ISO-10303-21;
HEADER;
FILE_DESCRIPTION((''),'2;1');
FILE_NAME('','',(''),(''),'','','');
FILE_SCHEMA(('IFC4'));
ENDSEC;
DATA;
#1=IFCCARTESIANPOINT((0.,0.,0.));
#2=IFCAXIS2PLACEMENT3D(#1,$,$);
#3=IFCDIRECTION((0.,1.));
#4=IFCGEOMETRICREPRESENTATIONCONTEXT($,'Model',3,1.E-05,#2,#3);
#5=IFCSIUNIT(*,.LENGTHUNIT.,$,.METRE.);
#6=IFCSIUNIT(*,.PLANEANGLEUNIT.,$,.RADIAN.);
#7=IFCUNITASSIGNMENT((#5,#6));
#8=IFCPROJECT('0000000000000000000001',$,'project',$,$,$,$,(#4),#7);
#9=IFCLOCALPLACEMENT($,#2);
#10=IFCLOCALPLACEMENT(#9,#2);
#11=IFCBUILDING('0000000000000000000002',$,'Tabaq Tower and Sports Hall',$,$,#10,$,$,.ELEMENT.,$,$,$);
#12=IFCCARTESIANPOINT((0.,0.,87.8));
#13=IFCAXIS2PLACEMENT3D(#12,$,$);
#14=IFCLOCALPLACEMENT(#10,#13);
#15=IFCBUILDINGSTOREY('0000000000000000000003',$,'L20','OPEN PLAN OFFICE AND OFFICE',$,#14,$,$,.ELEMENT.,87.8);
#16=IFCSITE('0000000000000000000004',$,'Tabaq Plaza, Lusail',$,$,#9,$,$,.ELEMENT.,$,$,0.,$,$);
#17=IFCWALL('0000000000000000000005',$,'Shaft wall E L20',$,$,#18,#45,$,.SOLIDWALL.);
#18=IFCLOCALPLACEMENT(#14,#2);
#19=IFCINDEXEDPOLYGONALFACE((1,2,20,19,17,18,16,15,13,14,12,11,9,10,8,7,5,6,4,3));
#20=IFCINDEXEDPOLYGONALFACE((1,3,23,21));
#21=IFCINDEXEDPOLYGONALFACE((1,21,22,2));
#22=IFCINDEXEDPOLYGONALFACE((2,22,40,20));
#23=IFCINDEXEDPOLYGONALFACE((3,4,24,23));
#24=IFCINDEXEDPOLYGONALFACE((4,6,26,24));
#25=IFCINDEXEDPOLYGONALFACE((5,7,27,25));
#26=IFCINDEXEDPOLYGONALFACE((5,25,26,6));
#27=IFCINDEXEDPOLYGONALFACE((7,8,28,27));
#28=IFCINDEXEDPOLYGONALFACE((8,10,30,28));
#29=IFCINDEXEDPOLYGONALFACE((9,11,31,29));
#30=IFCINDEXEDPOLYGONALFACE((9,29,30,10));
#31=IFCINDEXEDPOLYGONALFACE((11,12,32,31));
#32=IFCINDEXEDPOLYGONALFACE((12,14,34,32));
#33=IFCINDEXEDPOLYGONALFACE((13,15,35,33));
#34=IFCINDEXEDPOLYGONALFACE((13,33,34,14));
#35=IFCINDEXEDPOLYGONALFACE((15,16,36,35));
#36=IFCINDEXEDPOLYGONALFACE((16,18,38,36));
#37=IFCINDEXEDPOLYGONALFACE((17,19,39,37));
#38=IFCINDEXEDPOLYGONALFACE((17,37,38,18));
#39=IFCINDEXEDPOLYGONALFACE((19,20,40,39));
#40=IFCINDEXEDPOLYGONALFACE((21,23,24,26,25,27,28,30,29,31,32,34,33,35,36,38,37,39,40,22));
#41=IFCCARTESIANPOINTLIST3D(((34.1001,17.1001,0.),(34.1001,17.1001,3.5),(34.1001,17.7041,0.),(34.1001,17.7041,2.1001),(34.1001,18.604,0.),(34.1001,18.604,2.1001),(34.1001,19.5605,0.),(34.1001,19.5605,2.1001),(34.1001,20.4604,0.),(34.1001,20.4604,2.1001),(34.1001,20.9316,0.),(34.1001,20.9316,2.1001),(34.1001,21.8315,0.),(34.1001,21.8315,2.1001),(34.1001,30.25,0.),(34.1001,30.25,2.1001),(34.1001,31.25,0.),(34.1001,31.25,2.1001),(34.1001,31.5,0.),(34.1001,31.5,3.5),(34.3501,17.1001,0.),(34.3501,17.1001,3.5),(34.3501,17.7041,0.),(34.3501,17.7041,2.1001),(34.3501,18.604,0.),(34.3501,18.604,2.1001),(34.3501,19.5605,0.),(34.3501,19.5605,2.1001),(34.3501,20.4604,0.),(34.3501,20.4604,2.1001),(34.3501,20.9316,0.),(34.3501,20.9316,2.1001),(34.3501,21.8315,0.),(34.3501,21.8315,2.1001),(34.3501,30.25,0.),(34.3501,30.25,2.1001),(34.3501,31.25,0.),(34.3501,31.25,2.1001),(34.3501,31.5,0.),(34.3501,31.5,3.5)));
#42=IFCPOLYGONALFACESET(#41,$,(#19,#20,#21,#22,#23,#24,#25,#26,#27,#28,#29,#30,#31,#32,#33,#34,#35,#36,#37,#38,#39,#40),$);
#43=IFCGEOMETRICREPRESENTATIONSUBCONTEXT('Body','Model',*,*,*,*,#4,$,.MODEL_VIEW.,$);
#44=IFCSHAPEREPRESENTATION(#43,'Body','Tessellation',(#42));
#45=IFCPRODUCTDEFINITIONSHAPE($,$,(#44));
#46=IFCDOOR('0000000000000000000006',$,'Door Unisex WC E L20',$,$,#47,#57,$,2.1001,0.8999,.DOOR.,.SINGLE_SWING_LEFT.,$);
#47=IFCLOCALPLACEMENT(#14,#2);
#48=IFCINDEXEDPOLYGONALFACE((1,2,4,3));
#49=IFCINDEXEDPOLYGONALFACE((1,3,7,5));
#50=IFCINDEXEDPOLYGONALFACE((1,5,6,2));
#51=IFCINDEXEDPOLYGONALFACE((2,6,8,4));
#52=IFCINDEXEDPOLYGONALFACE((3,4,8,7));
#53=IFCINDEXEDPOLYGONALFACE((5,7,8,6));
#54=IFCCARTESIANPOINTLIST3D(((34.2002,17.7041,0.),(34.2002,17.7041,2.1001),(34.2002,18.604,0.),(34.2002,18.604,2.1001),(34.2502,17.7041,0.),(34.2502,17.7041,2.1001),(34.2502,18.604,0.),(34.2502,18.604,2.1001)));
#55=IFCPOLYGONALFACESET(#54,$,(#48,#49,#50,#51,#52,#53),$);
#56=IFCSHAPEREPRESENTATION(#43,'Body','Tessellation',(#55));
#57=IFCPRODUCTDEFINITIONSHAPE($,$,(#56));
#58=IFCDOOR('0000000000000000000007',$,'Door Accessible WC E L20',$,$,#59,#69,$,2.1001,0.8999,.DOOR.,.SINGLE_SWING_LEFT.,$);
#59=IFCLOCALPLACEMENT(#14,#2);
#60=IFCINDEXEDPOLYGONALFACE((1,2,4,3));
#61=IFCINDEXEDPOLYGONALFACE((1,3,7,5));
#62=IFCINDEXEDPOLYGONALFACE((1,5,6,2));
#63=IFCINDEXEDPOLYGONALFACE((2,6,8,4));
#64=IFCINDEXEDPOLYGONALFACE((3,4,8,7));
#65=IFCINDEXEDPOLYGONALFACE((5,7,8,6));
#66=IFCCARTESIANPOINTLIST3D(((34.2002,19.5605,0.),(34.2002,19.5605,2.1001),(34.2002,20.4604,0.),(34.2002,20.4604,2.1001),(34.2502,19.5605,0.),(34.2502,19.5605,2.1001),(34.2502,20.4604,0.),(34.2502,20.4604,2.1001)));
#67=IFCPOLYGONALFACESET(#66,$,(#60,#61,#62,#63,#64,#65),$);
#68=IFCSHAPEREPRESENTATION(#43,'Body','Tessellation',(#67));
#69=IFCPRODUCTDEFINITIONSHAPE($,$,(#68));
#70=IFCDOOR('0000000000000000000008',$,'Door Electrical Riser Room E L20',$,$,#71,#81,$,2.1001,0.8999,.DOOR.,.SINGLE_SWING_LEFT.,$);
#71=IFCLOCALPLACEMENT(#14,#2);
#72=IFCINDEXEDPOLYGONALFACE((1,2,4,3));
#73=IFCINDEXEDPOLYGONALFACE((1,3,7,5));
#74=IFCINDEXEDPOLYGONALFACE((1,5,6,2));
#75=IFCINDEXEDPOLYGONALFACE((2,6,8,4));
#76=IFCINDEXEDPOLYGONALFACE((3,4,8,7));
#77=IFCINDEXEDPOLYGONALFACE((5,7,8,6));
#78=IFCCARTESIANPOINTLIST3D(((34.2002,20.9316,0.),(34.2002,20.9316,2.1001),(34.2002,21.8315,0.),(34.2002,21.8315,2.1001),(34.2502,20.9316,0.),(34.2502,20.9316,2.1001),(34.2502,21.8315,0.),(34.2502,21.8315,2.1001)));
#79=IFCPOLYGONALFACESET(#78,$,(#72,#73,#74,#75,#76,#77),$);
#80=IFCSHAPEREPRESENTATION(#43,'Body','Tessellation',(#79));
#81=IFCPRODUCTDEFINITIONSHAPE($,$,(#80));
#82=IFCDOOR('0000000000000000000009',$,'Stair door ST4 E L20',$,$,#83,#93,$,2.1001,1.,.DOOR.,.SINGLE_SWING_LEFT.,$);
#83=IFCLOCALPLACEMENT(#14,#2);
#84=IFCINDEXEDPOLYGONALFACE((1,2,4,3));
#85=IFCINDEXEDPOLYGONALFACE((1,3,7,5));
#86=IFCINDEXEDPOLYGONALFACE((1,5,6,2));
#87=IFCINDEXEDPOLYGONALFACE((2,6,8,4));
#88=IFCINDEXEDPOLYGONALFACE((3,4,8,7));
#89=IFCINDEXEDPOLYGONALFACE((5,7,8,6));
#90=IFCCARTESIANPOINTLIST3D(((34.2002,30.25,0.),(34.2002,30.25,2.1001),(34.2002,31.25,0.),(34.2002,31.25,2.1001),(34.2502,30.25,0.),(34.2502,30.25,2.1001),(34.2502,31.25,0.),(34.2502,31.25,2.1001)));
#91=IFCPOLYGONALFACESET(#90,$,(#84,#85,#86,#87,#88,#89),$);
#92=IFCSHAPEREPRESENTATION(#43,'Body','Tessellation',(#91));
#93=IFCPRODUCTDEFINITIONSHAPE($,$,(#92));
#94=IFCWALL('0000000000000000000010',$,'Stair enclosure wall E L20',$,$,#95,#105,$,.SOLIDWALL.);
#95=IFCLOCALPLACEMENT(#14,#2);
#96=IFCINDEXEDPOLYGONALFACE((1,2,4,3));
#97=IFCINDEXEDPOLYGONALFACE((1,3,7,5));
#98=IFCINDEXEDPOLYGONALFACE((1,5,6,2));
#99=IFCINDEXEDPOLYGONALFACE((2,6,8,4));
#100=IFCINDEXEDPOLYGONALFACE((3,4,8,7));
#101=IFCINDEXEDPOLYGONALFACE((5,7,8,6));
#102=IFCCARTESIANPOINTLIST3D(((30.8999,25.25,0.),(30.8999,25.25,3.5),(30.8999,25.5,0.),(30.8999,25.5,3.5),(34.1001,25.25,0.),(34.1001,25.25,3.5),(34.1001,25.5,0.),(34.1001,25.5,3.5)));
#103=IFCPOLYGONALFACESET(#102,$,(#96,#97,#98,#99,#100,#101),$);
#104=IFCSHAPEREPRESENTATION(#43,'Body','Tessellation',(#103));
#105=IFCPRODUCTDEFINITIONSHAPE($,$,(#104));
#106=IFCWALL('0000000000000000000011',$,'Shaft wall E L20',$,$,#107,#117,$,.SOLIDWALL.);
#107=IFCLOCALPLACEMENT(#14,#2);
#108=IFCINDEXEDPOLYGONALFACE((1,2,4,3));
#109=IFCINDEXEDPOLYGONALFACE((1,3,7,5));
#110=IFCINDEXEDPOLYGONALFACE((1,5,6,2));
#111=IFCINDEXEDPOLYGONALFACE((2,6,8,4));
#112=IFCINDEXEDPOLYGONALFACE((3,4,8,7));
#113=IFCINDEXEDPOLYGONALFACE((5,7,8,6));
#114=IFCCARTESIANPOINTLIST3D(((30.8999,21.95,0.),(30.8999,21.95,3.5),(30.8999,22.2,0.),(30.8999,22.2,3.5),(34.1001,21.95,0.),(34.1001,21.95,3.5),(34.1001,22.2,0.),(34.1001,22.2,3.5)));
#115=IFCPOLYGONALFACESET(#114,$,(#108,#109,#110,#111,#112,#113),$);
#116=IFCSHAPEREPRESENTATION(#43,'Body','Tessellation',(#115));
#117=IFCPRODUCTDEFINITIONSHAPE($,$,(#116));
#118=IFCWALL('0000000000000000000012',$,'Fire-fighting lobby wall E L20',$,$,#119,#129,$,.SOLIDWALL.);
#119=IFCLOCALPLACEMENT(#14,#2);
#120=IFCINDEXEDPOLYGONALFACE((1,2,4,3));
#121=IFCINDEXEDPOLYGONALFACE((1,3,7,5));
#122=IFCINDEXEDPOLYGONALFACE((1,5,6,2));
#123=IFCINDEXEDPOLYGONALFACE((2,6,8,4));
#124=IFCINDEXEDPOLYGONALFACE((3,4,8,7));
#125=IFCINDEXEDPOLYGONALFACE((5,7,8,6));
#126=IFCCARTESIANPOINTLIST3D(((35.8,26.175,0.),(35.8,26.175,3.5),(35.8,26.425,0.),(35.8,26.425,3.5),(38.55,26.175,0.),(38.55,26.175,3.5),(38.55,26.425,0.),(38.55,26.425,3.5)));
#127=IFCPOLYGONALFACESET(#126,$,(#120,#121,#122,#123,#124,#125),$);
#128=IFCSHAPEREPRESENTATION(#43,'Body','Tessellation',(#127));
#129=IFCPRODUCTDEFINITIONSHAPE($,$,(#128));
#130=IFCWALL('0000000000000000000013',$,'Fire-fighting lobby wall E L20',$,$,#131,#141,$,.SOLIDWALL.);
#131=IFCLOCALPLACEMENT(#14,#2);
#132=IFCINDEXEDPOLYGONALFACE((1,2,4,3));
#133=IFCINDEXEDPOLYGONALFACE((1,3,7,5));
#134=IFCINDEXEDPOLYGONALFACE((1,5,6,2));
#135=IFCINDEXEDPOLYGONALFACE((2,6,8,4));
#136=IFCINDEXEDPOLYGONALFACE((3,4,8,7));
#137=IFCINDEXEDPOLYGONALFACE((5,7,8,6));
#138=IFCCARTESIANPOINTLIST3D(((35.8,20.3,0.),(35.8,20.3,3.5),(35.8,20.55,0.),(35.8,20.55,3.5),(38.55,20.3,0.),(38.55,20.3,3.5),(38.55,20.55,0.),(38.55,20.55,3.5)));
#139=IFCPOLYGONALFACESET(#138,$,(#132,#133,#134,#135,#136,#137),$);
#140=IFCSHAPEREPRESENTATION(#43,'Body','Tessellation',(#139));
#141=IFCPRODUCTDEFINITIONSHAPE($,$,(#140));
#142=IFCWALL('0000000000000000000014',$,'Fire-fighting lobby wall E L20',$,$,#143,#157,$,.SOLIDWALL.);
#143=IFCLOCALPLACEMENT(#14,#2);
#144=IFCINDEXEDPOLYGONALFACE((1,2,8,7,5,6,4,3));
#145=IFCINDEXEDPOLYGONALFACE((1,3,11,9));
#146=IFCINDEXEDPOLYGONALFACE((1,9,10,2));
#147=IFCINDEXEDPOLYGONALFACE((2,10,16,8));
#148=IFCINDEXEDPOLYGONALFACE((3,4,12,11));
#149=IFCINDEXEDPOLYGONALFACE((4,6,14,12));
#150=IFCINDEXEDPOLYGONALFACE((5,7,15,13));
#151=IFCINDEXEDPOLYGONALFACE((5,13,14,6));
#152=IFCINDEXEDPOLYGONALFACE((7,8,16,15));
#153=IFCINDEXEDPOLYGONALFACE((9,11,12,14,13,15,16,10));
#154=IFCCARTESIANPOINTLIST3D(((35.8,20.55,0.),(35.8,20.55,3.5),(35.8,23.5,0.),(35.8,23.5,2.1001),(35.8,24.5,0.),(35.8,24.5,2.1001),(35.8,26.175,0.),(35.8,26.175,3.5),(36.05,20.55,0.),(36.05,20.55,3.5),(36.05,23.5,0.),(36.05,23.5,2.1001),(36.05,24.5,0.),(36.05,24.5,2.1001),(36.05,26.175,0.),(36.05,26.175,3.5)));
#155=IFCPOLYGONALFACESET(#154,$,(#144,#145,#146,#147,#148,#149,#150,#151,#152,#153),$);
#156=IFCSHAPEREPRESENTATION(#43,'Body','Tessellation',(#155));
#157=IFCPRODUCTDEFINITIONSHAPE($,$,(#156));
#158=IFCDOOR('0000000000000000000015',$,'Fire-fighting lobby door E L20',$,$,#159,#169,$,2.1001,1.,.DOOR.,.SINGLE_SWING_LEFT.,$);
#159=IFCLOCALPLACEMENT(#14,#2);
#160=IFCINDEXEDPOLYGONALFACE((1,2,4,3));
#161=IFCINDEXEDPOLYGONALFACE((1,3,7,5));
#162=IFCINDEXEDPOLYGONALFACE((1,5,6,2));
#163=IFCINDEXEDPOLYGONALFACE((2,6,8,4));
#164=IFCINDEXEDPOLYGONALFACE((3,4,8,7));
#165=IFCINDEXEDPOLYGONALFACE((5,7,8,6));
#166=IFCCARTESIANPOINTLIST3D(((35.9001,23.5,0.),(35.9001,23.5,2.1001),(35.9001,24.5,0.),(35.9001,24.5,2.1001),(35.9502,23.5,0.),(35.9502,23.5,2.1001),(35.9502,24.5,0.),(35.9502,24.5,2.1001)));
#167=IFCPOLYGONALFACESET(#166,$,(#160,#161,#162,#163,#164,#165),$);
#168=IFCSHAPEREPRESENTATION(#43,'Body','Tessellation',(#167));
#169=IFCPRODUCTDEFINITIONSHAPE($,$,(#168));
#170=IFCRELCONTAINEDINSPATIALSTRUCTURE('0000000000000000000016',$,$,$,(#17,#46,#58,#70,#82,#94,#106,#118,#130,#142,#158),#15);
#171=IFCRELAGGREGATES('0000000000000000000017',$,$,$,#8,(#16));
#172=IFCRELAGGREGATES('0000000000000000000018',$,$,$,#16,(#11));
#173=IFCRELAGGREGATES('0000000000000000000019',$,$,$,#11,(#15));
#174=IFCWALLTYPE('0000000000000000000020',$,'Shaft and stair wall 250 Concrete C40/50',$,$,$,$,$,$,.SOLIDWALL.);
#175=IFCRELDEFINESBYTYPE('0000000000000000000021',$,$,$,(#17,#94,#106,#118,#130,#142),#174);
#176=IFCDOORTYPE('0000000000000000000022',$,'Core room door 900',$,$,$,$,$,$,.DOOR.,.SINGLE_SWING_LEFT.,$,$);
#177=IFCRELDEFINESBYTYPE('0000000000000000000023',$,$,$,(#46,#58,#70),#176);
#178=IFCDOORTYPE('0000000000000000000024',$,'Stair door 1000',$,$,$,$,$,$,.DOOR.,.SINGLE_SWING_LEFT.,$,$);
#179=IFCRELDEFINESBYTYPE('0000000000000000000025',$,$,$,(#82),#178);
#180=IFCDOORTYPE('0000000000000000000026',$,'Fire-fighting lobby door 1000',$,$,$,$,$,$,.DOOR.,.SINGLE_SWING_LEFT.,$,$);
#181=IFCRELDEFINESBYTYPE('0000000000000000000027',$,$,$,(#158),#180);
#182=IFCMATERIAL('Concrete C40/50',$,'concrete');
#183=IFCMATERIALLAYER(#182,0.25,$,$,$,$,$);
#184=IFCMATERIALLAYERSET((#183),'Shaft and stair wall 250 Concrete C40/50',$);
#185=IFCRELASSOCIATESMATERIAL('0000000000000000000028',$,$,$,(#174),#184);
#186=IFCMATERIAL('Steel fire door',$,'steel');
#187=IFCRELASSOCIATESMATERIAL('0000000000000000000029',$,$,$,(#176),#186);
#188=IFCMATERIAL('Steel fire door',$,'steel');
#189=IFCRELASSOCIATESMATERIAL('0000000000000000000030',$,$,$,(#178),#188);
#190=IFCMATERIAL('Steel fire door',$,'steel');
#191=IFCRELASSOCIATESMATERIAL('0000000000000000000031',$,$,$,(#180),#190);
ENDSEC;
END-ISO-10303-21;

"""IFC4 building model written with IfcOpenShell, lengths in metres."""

from ifc_helpers import new_model, si_unit, direction, frame, frame_2d, origin, place, context, subcontext, project, spatial, rectangle, extrude, material, layer, layer_set, type_object, element, fill, save


model = new_model("IFC4")

# Units and contexts
model_context = context("Model", 3, precision=1e-05, world=origin(), true_north=direction((0.0, 1.0)))
body_context = subcontext(model_context, "Body", "Model", "MODEL_VIEW")
ifc_project = project(units=[si_unit("LENGTHUNIT", "METRE"), si_unit("PLANEANGLEUNIT", "RADIAN")], contexts=[model_context])

# Site, building, storey
site_placement = place(None, origin())
site = spatial("IfcSite", under=ifc_project, at=site_placement, Name="Tabaq Plaza, Lusail", CompositionType="ELEMENT", RefElevation=0.0)
building_placement = place(site_placement, origin())
building = spatial("IfcBuilding", under=site, at=building_placement, Name="Tabaq Tower and Sports Hall", CompositionType="ELEMENT")
storey_placement = place(building_placement, frame((0.0, 0.0, 87.8)))
storey = spatial("IfcBuildingStorey", under=building, at=storey_placement, Name="L20", Description="OPEN PLAN OFFICE AND OFFICE", CompositionType="ELEMENT", Elevation=87.8)

# Wall, openings, doors
ifc_material_1 = material(Name="Concrete C40/50", Category="concrete")
ifc_layer_1 = layer(ifc_material_1, 0.25)
ifc_layer_set_1 = layer_set([ifc_layer_1], Name="Shaft and stair wall 250 Concrete C40/50")
wall_type_1 = type_object("IfcWallType", Name="Shaft and stair wall 250 Concrete C40/50", PredefinedType="SOLIDWALL", material=ifc_layer_set_1)
wall_1_placement = place(storey_placement, frame((34.2251, 17.1001, 0.0), z_axis=(0.0, 0.0, 1.0), x_axis=(0.0, 1.0, 0.0)))
wall_1 = element("IfcWall", 1, at=wall_1_placement, inside=storey, type_object=wall_type_1, Name="Shaft wall E L20", PredefinedType="SOLIDWALL", context=body_context, shape_type="SweptSolid", body=[
    extrude(rectangle(XDim=14.3999, YDim=0.25, at=frame_2d((7.2, 0.0))), origin(), (0.0, 0.0, 1.0), 3.5),
])
opening_1_placement = place(wall_1_placement, frame((13.1499, 0.0, 0.0)))
opening_1 = element("IfcOpeningElement", 2, at=opening_1_placement, cuts=wall_1, PredefinedType="OPENING", context=body_context, shape_type="SweptSolid", body=[
    extrude(rectangle(XDim=1.0, YDim=2.1001, at=frame_2d((0.5, 1.05))), frame((0.0, 0.125, 0.0), z_axis=(0.0, -1.0, 0.0), x_axis=(1.0, 0.0, 0.0)), (0.0, 0.0, 1.0), 0.25),
])
opening_2_placement = place(wall_1_placement, frame((0.604, 0.0, 0.0)))
opening_2 = element("IfcOpeningElement", 3, at=opening_2_placement, cuts=wall_1, PredefinedType="OPENING", context=body_context, shape_type="SweptSolid", body=[
    extrude(rectangle(XDim=0.8999, YDim=2.1001, at=frame_2d((0.45, 1.05))), frame((0.0, 0.125, 0.0), z_axis=(0.0, -1.0, 0.0), x_axis=(1.0, 0.0, 0.0)), (0.0, 0.0, 1.0), 0.25),
])
opening_3_placement = place(wall_1_placement, frame((2.4604, 0.0, 0.0)))
opening_3 = element("IfcOpeningElement", 4, at=opening_3_placement, cuts=wall_1, PredefinedType="OPENING", context=body_context, shape_type="SweptSolid", body=[
    extrude(rectangle(XDim=0.8999, YDim=2.1001, at=frame_2d((0.45, 1.05))), frame((0.0, 0.125, 0.0), z_axis=(0.0, -1.0, 0.0), x_axis=(1.0, 0.0, 0.0)), (0.0, 0.0, 1.0), 0.25),
])
opening_4_placement = place(wall_1_placement, frame((3.8315, 0.0, 0.0)))
opening_4 = element("IfcOpeningElement", 5, at=opening_4_placement, cuts=wall_1, PredefinedType="OPENING", context=body_context, shape_type="SweptSolid", body=[
    extrude(rectangle(XDim=0.8999, YDim=2.1001, at=frame_2d((0.45, 1.05))), frame((0.0, 0.125, 0.0), z_axis=(0.0, -1.0, 0.0), x_axis=(1.0, 0.0, 0.0)), (0.0, 0.0, 1.0), 0.25),
])
ifc_material_2 = material(Name="Steel fire door", Category="steel")
door_type_1 = type_object("IfcDoorType", Name="Core room door 900", OperationType="SINGLE_SWING_LEFT", PredefinedType="DOOR", material=ifc_material_2)
door_1_placement = place(opening_2_placement, origin())
door_1 = element("IfcDoor", 6, at=door_1_placement, inside=storey, type_object=door_type_1, Name="Door Unisex WC E L20", OperationType="SINGLE_SWING_LEFT", OverallHeight=2.1001, OverallWidth=0.8999, PredefinedType="DOOR", context=body_context, shape_type="SweptSolid", body=[
    extrude(rectangle(XDim=0.8999, YDim=2.1001, at=frame_2d((0.45, 1.05))), frame((0.0, 0.0249, 0.0), z_axis=(0.0, -1.0, 0.0), x_axis=(1.0, 0.0, 0.0)), (0.0, 0.0, 1.0), 0.05),
])
fill(opening_2, door_1)
door_2_placement = place(opening_3_placement, origin())
door_2 = element("IfcDoor", 7, at=door_2_placement, inside=storey, type_object=door_type_1, Name="Door Accessible WC E L20", OperationType="SINGLE_SWING_LEFT", OverallHeight=2.1001, OverallWidth=0.8999, PredefinedType="DOOR", context=body_context, shape_type="SweptSolid", body=[
    extrude(rectangle(XDim=0.8999, YDim=2.1001, at=frame_2d((0.45, 1.05))), frame((0.0, 0.0249, 0.0), z_axis=(0.0, -1.0, 0.0), x_axis=(1.0, 0.0, 0.0)), (0.0, 0.0, 1.0), 0.05),
])
fill(opening_3, door_2)
door_3_placement = place(opening_4_placement, origin())
door_3 = element("IfcDoor", 8, at=door_3_placement, inside=storey, type_object=door_type_1, Name="Door Electrical Riser Room E L20", OperationType="SINGLE_SWING_LEFT", OverallHeight=2.1001, OverallWidth=0.8999, PredefinedType="DOOR", context=body_context, shape_type="SweptSolid", body=[
    extrude(rectangle(XDim=0.8999, YDim=2.1001, at=frame_2d((0.45, 1.05))), frame((0.0, 0.0249, 0.0), z_axis=(0.0, -1.0, 0.0), x_axis=(1.0, 0.0, 0.0)), (0.0, 0.0, 1.0), 0.05),
])
fill(opening_4, door_3)
ifc_material_3 = material(Name="Steel fire door", Category="steel")
door_type_2 = type_object("IfcDoorType", Name="Stair door 1000", OperationType="SINGLE_SWING_LEFT", PredefinedType="DOOR", material=ifc_material_3)
door_4_placement = place(opening_1_placement, origin())
door_4 = element("IfcDoor", 9, at=door_4_placement, inside=storey, type_object=door_type_2, Name="Stair door ST4 E L20", OperationType="SINGLE_SWING_LEFT", OverallHeight=2.1001, OverallWidth=1.0, PredefinedType="DOOR", context=body_context, shape_type="SweptSolid", body=[
    extrude(rectangle(XDim=1.0, YDim=2.1001, at=frame_2d((0.5, 1.05))), frame((0.0, 0.0249, 0.0), z_axis=(0.0, -1.0, 0.0), x_axis=(1.0, 0.0, 0.0)), (0.0, 0.0, 1.0), 0.05),
])
fill(opening_1, door_4)

# Walls
for number, where, z_axis, x_axis, name in (
    (10, (30.8999, 25.375, 0.0), (0.0, 0.0, 1.0), (1.0, 0.0, 0.0), "Stair enclosure wall E L20"),
    (11, (30.8999, 22.075, 0.0), (0.0, 0.0, 1.0), (1.0, 0.0, 0.0), "Shaft wall E L20"),
):
    element("IfcWall", number, at=place(storey_placement, frame(where, z_axis=z_axis, x_axis=x_axis)), inside=storey, type_object=wall_type_1, Name=name, PredefinedType="SOLIDWALL", context=body_context, shape_type="SweptSolid", body=[
        extrude(rectangle(XDim=3.2002, YDim=0.25, at=frame_2d((1.6001, 0.0))), origin(), (0.0, 0.0, 1.0), 3.5),
    ])
for number, where, z_axis, x_axis, name in (
    (12, (35.8, 26.3, 0.0), (0.0, 0.0, 1.0), (1.0, 0.0, 0.0), "Fire-fighting lobby wall E L20"),
    (13, (35.8, 20.425, 0.0), (0.0, 0.0, 1.0), (1.0, 0.0, 0.0), "Fire-fighting lobby wall E L20"),
):
    element("IfcWall", number, at=place(storey_placement, frame(where, z_axis=z_axis, x_axis=x_axis)), inside=storey, type_object=wall_type_1, Name=name, PredefinedType="SOLIDWALL", context=body_context, shape_type="SweptSolid", body=[
        extrude(rectangle(XDim=2.75, YDim=0.25, at=frame_2d((1.375, 0.0))), origin(), (0.0, 0.0, 1.0), 3.5),
    ])

# Wall, opening, door
wall_2_placement = place(storey_placement, frame((35.925, 20.55, 0.0), z_axis=(0.0, 0.0, 1.0), x_axis=(0.0, 1.0, 0.0)))
wall_2 = element("IfcWall", 14, at=wall_2_placement, inside=storey, type_object=wall_type_1, Name="Fire-fighting lobby wall E L20", PredefinedType="SOLIDWALL", context=body_context, shape_type="SweptSolid", body=[
    extrude(rectangle(XDim=5.625, YDim=0.25, at=frame_2d((2.8125, 0.0))), origin(), (0.0, 0.0, 1.0), 3.5),
])
opening_5_placement = place(wall_2_placement, frame((2.95, 0.0, 0.0)))
opening_5 = element("IfcOpeningElement", 15, at=opening_5_placement, cuts=wall_2, PredefinedType="OPENING", context=body_context, shape_type="SweptSolid", body=[
    extrude(rectangle(XDim=1.0, YDim=2.1001, at=frame_2d((0.5, 1.05))), frame((0.0, 0.125, 0.0), z_axis=(0.0, -1.0, 0.0), x_axis=(1.0, 0.0, 0.0)), (0.0, 0.0, 1.0), 0.25),
])
ifc_material_4 = material(Name="Steel fire door", Category="steel")
door_type_3 = type_object("IfcDoorType", Name="Fire-fighting lobby door 1000", OperationType="SINGLE_SWING_LEFT", PredefinedType="DOOR", material=ifc_material_4)
door_5_placement = place(opening_5_placement, origin())
door_5 = element("IfcDoor", 16, at=door_5_placement, inside=storey, type_object=door_type_3, Name="Fire-fighting lobby door E L20", OperationType="SINGLE_SWING_LEFT", OverallHeight=2.1001, OverallWidth=1.0, PredefinedType="DOOR", context=body_context, shape_type="SweptSolid", body=[
    extrude(rectangle(XDim=1.0, YDim=2.1001, at=frame_2d((0.5, 1.05))), frame((0.0, 0.0249, 0.0), z_axis=(0.0, -1.0, 0.0), x_axis=(1.0, 0.0, 0.0)), (0.0, 0.0, 1.0), 0.05),
])
fill(opening_5, door_5)

save(model, "model.ifc")
